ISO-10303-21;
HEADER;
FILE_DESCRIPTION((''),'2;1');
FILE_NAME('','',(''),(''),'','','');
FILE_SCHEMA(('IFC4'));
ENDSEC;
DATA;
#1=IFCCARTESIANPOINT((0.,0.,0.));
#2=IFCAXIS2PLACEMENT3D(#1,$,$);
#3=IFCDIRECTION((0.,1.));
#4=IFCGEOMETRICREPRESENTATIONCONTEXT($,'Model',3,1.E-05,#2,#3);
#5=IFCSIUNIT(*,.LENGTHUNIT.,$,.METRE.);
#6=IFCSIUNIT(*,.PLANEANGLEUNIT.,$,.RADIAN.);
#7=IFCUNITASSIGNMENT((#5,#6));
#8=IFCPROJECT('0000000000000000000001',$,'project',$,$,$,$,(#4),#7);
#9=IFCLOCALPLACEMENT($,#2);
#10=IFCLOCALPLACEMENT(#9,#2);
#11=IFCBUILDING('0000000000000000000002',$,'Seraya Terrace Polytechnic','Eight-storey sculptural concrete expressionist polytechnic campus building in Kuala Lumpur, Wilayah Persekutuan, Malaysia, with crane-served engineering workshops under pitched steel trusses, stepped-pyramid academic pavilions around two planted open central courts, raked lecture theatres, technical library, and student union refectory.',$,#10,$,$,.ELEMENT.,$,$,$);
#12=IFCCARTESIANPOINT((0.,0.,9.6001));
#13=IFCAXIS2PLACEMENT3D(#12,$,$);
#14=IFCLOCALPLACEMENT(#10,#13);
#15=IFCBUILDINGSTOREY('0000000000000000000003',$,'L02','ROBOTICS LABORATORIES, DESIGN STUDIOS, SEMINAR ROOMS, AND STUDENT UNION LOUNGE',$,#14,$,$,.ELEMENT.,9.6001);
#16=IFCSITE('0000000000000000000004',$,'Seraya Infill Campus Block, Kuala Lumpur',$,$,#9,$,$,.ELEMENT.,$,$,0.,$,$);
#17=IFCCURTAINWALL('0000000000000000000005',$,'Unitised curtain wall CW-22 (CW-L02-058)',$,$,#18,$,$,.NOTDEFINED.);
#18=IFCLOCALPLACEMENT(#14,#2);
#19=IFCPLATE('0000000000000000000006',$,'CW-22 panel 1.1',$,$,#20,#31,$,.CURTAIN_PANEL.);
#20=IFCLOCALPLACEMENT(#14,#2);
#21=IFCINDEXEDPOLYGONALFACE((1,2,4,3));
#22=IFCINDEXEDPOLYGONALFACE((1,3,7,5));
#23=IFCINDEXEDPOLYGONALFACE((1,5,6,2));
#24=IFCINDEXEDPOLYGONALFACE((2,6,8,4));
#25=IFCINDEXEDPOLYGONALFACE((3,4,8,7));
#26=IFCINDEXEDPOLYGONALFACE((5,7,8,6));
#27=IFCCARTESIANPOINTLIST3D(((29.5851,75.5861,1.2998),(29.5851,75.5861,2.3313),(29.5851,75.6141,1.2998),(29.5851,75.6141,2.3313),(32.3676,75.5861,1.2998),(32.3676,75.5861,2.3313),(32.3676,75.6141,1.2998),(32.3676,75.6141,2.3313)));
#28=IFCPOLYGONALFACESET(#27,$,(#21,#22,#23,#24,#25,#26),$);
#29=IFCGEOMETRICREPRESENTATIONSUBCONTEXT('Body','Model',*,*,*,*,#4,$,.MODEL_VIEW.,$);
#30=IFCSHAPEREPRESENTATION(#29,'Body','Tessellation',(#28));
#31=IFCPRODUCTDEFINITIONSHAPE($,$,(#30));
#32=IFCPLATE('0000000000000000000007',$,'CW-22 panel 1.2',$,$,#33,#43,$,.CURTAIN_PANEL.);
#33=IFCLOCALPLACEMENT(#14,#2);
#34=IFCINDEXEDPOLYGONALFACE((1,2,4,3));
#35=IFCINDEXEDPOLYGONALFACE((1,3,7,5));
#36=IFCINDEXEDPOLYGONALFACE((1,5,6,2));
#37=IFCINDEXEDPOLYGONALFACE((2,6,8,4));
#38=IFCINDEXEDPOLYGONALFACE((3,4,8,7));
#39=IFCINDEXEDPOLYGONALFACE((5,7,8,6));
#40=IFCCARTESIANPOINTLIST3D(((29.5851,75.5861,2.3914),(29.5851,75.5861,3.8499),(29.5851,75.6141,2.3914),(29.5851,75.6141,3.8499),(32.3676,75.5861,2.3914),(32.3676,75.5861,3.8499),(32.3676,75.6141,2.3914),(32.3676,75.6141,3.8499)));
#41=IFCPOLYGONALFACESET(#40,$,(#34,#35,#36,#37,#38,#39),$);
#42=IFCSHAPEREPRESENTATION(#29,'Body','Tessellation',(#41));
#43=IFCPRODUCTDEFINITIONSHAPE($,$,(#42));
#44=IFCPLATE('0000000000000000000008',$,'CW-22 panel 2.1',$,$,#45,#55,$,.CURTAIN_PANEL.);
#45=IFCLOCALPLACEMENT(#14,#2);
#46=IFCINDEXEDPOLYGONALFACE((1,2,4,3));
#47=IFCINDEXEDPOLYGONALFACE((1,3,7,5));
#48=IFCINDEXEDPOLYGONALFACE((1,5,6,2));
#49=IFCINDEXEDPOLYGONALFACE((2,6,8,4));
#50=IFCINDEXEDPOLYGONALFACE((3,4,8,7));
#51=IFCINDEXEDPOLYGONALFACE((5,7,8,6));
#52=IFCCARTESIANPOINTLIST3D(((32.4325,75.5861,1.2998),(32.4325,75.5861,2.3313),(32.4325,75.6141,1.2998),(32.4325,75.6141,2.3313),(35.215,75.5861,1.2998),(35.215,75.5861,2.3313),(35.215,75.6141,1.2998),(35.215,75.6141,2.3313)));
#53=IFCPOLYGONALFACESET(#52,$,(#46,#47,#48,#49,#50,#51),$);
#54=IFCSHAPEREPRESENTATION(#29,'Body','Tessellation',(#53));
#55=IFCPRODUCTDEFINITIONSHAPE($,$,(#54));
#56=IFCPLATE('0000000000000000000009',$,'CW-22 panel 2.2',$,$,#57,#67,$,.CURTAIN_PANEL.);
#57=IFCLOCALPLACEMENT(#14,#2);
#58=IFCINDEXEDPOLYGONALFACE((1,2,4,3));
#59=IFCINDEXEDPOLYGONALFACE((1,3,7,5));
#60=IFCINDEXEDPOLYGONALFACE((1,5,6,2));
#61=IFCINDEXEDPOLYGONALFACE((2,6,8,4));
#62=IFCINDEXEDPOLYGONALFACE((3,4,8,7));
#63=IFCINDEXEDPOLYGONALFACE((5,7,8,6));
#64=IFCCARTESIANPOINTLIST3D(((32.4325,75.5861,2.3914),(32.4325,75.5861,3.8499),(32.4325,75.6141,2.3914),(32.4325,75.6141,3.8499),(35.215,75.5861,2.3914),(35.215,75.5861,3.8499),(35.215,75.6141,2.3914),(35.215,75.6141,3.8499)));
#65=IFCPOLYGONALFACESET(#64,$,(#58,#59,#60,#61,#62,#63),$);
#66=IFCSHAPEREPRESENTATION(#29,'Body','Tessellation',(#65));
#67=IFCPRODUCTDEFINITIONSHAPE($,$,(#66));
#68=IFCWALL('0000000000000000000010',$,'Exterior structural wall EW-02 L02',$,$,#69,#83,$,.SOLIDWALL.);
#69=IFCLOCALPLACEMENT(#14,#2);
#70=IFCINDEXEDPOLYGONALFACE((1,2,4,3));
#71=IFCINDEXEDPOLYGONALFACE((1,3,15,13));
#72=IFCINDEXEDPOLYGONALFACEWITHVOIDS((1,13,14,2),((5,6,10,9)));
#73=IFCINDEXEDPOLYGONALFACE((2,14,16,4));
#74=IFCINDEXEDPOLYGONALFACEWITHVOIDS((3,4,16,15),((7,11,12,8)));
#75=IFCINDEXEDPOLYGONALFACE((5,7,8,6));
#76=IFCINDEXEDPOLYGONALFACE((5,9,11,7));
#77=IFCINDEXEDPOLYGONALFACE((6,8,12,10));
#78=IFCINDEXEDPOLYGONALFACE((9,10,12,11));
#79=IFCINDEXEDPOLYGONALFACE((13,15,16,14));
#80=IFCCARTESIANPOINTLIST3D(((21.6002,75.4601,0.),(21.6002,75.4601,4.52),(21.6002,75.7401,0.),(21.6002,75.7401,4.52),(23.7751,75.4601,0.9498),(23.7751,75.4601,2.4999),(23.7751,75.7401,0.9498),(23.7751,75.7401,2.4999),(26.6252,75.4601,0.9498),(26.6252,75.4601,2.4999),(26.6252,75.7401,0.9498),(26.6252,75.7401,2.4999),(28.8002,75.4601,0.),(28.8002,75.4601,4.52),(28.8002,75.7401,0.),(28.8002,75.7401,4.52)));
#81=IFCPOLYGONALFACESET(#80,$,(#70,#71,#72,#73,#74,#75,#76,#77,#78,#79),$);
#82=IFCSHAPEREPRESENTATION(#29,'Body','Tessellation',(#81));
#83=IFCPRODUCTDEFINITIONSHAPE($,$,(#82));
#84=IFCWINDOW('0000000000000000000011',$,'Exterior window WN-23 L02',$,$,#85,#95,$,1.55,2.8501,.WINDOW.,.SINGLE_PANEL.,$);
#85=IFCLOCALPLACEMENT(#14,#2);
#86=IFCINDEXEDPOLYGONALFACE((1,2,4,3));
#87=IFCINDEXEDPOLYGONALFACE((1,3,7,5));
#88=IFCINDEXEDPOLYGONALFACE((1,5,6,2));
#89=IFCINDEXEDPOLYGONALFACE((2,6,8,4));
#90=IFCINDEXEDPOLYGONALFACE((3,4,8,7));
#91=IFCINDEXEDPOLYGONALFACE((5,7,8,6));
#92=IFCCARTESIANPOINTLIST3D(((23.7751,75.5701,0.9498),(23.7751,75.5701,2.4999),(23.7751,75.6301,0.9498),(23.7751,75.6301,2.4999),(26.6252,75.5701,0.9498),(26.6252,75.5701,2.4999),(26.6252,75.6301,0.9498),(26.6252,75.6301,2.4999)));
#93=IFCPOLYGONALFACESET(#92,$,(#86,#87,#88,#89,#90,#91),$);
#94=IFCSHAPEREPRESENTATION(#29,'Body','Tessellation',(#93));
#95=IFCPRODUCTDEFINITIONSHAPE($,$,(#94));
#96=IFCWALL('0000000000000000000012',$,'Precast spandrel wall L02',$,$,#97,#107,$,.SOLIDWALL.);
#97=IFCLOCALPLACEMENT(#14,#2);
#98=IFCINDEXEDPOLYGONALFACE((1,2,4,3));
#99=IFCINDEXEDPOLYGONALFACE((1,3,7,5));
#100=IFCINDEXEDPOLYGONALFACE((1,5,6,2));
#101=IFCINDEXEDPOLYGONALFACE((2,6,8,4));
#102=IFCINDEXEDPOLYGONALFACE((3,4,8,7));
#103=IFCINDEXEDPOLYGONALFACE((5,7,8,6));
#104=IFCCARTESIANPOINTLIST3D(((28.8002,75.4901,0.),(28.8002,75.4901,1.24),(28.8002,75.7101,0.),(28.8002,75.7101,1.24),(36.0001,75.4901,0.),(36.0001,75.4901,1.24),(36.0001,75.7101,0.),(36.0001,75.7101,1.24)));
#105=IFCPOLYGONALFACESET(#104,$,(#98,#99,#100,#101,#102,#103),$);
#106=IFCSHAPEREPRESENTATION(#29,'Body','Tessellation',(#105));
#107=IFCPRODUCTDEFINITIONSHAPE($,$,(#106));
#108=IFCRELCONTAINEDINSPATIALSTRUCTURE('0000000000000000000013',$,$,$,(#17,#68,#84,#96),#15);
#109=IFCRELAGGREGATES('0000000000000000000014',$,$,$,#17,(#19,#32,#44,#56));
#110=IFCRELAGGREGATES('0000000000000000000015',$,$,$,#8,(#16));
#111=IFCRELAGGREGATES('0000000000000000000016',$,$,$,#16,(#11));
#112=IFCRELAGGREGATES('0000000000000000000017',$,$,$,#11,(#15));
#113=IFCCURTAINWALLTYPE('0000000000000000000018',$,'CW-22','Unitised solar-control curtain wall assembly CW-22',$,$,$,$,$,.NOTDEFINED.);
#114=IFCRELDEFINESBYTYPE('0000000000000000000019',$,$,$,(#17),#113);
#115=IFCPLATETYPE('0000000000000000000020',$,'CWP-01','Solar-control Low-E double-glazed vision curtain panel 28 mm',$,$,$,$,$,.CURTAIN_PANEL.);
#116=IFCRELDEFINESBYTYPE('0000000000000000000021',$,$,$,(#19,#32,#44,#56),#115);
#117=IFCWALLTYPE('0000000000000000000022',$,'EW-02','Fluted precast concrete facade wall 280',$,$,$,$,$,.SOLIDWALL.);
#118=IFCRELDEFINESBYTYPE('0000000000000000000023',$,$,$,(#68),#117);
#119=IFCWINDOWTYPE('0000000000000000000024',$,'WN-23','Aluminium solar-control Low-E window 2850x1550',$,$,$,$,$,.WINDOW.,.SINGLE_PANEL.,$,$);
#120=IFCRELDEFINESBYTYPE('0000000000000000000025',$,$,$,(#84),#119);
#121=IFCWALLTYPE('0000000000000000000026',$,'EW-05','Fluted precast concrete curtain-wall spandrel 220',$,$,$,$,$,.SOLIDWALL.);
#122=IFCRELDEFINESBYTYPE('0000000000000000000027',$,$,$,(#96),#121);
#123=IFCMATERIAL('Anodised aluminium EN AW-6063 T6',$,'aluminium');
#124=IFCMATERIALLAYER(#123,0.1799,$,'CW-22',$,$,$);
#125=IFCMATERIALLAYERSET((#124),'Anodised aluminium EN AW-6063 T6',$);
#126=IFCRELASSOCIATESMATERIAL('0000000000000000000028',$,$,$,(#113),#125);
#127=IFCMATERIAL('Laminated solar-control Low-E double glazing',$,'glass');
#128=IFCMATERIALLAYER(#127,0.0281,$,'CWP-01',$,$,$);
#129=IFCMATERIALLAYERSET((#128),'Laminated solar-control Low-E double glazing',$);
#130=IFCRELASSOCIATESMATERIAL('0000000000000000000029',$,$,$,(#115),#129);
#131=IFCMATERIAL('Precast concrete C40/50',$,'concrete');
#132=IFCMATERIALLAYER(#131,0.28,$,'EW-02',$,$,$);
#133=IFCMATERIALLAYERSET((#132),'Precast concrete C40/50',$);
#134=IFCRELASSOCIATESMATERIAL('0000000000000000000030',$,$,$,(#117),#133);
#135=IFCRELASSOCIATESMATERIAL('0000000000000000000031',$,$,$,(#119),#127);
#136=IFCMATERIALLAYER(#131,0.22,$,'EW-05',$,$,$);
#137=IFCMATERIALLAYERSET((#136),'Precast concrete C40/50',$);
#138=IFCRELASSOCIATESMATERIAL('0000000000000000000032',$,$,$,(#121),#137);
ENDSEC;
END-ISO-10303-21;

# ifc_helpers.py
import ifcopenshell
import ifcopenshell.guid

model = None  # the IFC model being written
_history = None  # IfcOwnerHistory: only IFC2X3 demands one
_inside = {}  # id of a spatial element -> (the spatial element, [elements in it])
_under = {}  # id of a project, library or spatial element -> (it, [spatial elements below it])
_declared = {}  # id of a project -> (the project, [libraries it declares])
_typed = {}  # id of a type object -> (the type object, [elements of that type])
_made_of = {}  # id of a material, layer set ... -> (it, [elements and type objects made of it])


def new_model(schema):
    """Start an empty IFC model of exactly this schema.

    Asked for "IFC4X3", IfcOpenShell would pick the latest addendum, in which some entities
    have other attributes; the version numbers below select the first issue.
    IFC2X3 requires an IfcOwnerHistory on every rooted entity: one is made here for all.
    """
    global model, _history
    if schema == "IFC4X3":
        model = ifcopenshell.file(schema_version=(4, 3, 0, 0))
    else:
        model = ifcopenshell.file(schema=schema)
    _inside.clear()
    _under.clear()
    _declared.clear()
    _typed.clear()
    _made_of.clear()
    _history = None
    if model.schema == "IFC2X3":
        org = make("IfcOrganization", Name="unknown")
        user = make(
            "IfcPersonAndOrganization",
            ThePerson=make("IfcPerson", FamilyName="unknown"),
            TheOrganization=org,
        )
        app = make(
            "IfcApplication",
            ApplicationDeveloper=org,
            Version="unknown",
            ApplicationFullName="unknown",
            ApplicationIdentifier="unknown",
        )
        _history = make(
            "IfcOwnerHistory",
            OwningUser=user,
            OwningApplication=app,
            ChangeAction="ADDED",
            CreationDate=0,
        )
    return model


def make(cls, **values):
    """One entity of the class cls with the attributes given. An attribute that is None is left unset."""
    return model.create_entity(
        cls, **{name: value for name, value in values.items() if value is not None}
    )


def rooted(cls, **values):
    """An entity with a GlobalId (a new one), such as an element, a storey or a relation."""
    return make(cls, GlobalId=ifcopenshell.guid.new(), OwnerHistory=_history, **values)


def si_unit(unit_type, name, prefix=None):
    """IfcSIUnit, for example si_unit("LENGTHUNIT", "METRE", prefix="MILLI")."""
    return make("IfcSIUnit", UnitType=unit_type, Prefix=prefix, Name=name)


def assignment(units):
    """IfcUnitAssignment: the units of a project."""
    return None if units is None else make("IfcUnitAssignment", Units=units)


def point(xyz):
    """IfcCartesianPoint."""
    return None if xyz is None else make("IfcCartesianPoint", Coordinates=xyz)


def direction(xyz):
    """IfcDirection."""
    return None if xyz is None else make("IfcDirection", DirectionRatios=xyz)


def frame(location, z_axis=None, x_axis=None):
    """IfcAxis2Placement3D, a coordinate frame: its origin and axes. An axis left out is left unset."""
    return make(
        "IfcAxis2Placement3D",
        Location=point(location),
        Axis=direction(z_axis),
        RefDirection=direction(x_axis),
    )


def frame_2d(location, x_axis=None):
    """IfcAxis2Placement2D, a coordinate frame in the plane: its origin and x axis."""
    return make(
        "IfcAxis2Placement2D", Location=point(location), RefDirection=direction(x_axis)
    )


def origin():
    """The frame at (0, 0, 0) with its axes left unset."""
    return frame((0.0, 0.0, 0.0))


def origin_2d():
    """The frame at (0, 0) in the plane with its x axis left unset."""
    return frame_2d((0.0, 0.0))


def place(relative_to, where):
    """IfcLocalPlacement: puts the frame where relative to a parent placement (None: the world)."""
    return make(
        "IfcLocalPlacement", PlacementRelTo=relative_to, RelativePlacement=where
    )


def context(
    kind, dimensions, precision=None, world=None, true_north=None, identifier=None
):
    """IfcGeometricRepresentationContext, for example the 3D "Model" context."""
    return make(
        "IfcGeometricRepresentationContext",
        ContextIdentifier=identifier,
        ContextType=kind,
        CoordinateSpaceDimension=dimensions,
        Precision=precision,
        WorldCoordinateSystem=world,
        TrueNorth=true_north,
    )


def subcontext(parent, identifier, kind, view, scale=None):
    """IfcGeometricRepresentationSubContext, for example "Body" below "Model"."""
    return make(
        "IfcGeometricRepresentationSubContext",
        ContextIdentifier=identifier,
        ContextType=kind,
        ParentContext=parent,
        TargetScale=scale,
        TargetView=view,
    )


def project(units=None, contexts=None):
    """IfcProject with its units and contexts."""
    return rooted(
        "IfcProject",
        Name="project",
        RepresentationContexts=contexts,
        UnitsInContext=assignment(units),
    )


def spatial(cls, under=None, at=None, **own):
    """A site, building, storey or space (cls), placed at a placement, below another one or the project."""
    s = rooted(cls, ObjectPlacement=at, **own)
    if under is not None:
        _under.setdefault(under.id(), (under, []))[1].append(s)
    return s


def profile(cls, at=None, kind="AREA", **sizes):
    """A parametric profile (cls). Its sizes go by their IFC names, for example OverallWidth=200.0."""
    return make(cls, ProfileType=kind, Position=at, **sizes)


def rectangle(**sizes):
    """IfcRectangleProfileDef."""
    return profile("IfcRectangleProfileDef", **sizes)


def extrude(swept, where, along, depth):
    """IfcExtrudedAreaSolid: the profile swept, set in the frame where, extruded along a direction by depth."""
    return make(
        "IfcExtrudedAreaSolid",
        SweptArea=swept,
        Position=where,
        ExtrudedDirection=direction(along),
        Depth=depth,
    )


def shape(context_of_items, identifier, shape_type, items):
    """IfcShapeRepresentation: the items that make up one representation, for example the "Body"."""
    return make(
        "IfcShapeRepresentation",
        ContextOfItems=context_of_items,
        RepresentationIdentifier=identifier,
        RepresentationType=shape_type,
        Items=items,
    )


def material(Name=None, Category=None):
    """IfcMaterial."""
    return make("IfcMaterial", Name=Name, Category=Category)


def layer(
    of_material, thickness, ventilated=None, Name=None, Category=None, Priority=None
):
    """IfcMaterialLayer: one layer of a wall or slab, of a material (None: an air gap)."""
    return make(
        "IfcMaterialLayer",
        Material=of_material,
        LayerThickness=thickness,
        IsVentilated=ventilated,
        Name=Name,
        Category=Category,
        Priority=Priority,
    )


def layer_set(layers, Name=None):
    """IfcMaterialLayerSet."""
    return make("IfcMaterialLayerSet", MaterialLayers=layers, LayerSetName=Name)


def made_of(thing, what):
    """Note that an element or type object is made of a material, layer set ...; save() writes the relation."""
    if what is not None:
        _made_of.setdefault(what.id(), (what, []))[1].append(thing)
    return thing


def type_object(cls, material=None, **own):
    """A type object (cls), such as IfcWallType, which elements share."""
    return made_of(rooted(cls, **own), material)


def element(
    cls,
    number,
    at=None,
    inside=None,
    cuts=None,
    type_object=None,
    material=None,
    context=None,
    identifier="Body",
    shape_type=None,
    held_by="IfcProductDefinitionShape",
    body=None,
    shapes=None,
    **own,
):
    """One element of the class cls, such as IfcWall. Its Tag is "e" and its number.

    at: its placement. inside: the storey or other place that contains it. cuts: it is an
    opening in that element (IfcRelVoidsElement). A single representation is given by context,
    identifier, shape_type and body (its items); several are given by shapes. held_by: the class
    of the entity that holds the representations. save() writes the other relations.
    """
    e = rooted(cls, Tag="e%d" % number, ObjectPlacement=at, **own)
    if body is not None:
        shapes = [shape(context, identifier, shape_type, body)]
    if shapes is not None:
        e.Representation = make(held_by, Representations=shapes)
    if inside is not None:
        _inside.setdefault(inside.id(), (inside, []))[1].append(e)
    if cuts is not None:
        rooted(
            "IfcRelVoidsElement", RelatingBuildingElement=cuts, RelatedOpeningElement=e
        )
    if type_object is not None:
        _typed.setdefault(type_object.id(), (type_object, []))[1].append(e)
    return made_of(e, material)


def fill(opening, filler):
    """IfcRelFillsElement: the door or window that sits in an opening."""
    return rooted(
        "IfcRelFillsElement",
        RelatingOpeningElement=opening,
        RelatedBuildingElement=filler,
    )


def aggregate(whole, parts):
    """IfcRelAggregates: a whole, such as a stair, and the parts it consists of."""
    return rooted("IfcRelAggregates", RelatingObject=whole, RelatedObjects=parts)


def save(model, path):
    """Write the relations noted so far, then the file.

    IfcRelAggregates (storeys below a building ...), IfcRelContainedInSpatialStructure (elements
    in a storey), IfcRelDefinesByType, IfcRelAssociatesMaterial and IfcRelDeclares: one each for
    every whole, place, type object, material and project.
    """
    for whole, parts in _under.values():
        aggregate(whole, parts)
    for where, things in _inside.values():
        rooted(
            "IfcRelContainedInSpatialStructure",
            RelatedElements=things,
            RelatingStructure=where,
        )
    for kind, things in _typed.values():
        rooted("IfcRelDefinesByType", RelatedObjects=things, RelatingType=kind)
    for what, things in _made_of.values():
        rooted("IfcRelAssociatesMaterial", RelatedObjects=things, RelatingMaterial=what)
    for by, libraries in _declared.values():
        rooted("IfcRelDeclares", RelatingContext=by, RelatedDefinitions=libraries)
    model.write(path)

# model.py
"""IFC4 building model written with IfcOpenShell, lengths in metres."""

from ifc_helpers import new_model, si_unit, direction, frame, frame_2d, origin, origin_2d, place, context, subcontext, project, spatial, rectangle, extrude, material, layer, layer_set, type_object, element, fill, aggregate, save


model = new_model("IFC4")

# Units and contexts
model_context = context("Model", 3, precision=1e-05, world=origin(), true_north=direction((0.0, 1.0)))
body_context = subcontext(model_context, "Body", "Model", "MODEL_VIEW")
ifc_project = project(units=[si_unit("LENGTHUNIT", "METRE"), si_unit("PLANEANGLEUNIT", "RADIAN")], contexts=[model_context])

# Site, building, storey
site_placement = place(None, origin())
site = spatial("IfcSite", under=ifc_project, at=site_placement, Name="Seraya Infill Campus Block, Kuala Lumpur", CompositionType="ELEMENT", RefElevation=0.0)
building_placement = place(site_placement, origin())
building = spatial("IfcBuilding", under=site, at=building_placement, Name="Seraya Terrace Polytechnic", Description="Eight-storey sculptural concrete expressionist polytechnic campus building in Kuala Lumpur, Wilayah Persekutuan, Malaysia, with crane-served engineering workshops under pitched steel trusses, stepped-pyramid academic pavilions around two planted open central courts, raked lecture theatres, technical library, and student union refectory.", CompositionType="ELEMENT")
storey_placement = place(building_placement, frame((0.0, 0.0, 9.6001)))
storey = spatial("IfcBuildingStorey", under=building, at=storey_placement, Name="L02", Description="ROBOTICS LABORATORIES, DESIGN STUDIOS, SEMINAR ROOMS, AND STUDENT UNION LOUNGE", CompositionType="ELEMENT", Elevation=9.6001)

# Curtain wall
ifc_material_1 = material(Name="Anodised aluminium EN AW-6063 T6", Category="aluminium")
ifc_layer_1 = layer(ifc_material_1, 0.1799, Name="CW-22")
ifc_layer_set_1 = layer_set([ifc_layer_1], Name="Anodised aluminium EN AW-6063 T6")
curtain_wall_type = type_object("IfcCurtainWallType", Name="CW-22", Description="Unitised solar-control curtain wall assembly CW-22", PredefinedType="NOTDEFINED", material=ifc_layer_set_1)
curtain_wall_placement = place(storey_placement, origin())
curtain_wall = element("IfcCurtainWall", 1, at=curtain_wall_placement, inside=storey, type_object=curtain_wall_type, Name="Unitised curtain wall CW-22 (CW-L02-058)", PredefinedType="NOTDEFINED")

# Plates
ifc_material_2 = material(Name="Laminated solar-control Low-E double glazing", Category="glass")
ifc_layer_2 = layer(ifc_material_2, 0.0281, Name="CWP-01")
ifc_layer_set_2 = layer_set([ifc_layer_2], Name="Laminated solar-control Low-E double glazing")
plate_type = type_object("IfcPlateType", Name="CWP-01", Description="Solar-control Low-E double-glazed vision curtain panel 28 mm", PredefinedType="CURTAIN_PANEL", material=ifc_layer_set_2)
plate_1_placement = place(storey_placement, frame((30.9763, 75.6001, 1.2998), z_axis=(0.0, 0.0, 1.0), x_axis=(1.0, 0.0, 0.0)))
plate_1 = element("IfcPlate", 2, at=plate_1_placement, type_object=plate_type, Name="CW-22 panel 1.1", PredefinedType="CURTAIN_PANEL", context=body_context, shape_type="SweptSolid", body=[
    extrude(rectangle(XDim=2.7825, YDim=0.0281, at=origin_2d()), origin(), (0.0, 0.0, 1.0), 1.0315),
])
plate_2_placement = place(storey_placement, frame((30.9763, 75.6001, 2.3914), z_axis=(0.0, 0.0, 1.0), x_axis=(1.0, 0.0, 0.0)))
plate_2 = element("IfcPlate", 3, at=plate_2_placement, type_object=plate_type, Name="CW-22 panel 1.2", PredefinedType="CURTAIN_PANEL", context=body_context, shape_type="SweptSolid", body=[
    extrude(rectangle(XDim=2.7825, YDim=0.0281, at=origin_2d()), origin(), (0.0, 0.0, 1.0), 1.4585),
])
plate_3_placement = place(storey_placement, frame((33.8237, 75.6001, 1.2998), z_axis=(0.0, 0.0, 1.0), x_axis=(1.0, 0.0, 0.0)))
plate_3 = element("IfcPlate", 4, at=plate_3_placement, type_object=plate_type, Name="CW-22 panel 2.1", PredefinedType="CURTAIN_PANEL", context=body_context, shape_type="SweptSolid", body=[
    extrude(rectangle(XDim=2.7825, YDim=0.0281, at=origin_2d()), origin(), (0.0, 0.0, 1.0), 1.0315),
])
plate_4_placement = place(storey_placement, frame((33.8237, 75.6001, 2.3914), z_axis=(0.0, 0.0, 1.0), x_axis=(1.0, 0.0, 0.0)))
plate_4 = element("IfcPlate", 5, at=plate_4_placement, type_object=plate_type, Name="CW-22 panel 2.2", PredefinedType="CURTAIN_PANEL", context=body_context, shape_type="SweptSolid", body=[
    extrude(rectangle(XDim=2.7825, YDim=0.0281, at=origin_2d()), origin(), (0.0, 0.0, 1.0), 1.4585),
])
aggregate(curtain_wall, [plate_1, plate_2, plate_3, plate_4])

# Wall, opening, window
ifc_material_3 = material(Name="Precast concrete C40/50", Category="concrete")
ifc_layer_3 = layer(ifc_material_3, 0.28, Name="EW-02")
ifc_layer_set_3 = layer_set([ifc_layer_3], Name="Precast concrete C40/50")
wall_type_1 = type_object("IfcWallType", Name="EW-02", Description="Fluted precast concrete facade wall 280", PredefinedType="SOLIDWALL", material=ifc_layer_set_3)
wall_1_placement = place(storey_placement, frame((21.6001, 75.6001, 0.0), z_axis=(0.0, 0.0, 1.0), x_axis=(1.0, 0.0, 0.0)))
wall_1 = element("IfcWall", 6, at=wall_1_placement, inside=storey, type_object=wall_type_1, Name="Exterior structural wall EW-02 L02", PredefinedType="SOLIDWALL", context=body_context, shape_type="SweptSolid", body=[
    extrude(rectangle(XDim=7.2, YDim=0.28, at=frame_2d((3.6001, 0.0))), origin(), (0.0, 0.0, 1.0), 4.52),
])
opening_placement = place(wall_1_placement, frame((2.175, 0.0, 0.95)))
opening = element("IfcOpeningElement", 7, at=opening_placement, cuts=wall_1, PredefinedType="OPENING", context=body_context, shape_type="SweptSolid", body=[
    extrude(rectangle(XDim=2.8501, YDim=1.55, at=frame_2d((1.425, 0.7749))), frame((0.0, 0.1519, 0.0), z_axis=(0.0, -1.0, 0.0), x_axis=(1.0, 0.0, 0.0)), (0.0, 0.0, 1.0), 0.304),
])
window_type = type_object("IfcWindowType", Name="WN-23", Description="Aluminium solar-control Low-E window 2850x1550", PartitioningType="SINGLE_PANEL", PredefinedType="WINDOW", material=ifc_material_2)
window_placement = place(opening_placement, origin())
window = element("IfcWindow", 8, at=window_placement, inside=storey, type_object=window_type, Name="Exterior window WN-23 L02", OverallHeight=1.55, OverallWidth=2.8501, PartitioningType="SINGLE_PANEL", PredefinedType="WINDOW", context=body_context, shape_type="SweptSolid", body=[
    extrude(rectangle(XDim=2.8501, YDim=1.55, at=frame_2d((1.425, 0.7749))), frame((0.0, 0.03, 0.0), z_axis=(0.0, -1.0, 0.0), x_axis=(1.0, 0.0, 0.0)), (0.0, 0.0, 1.0), 0.0601),
])
fill(opening, window)

# Wall
ifc_layer_4 = layer(ifc_material_3, 0.22, Name="EW-05")
ifc_layer_set_4 = layer_set([ifc_layer_4], Name="Precast concrete C40/50")
wall_type_2 = type_object("IfcWallType", Name="EW-05", Description="Fluted precast concrete curtain-wall spandrel 220", PredefinedType="SOLIDWALL", material=ifc_layer_set_4)
wall_2_placement = place(storey_placement, frame((28.8, 75.6001, 0.0), z_axis=(0.0, 0.0, 1.0), x_axis=(1.0, 0.0, 0.0)))
element("IfcWall", 9, at=wall_2_placement, inside=storey, type_object=wall_type_2, Name="Precast spandrel wall L02", PredefinedType="SOLIDWALL", context=body_context, shape_type="SweptSolid", body=[
    extrude(rectangle(XDim=7.2, YDim=0.22, at=frame_2d((3.6001, 0.0))), origin(), (0.0, 0.0, 1.0), 1.24),
])

save(model, "model.ifc")
